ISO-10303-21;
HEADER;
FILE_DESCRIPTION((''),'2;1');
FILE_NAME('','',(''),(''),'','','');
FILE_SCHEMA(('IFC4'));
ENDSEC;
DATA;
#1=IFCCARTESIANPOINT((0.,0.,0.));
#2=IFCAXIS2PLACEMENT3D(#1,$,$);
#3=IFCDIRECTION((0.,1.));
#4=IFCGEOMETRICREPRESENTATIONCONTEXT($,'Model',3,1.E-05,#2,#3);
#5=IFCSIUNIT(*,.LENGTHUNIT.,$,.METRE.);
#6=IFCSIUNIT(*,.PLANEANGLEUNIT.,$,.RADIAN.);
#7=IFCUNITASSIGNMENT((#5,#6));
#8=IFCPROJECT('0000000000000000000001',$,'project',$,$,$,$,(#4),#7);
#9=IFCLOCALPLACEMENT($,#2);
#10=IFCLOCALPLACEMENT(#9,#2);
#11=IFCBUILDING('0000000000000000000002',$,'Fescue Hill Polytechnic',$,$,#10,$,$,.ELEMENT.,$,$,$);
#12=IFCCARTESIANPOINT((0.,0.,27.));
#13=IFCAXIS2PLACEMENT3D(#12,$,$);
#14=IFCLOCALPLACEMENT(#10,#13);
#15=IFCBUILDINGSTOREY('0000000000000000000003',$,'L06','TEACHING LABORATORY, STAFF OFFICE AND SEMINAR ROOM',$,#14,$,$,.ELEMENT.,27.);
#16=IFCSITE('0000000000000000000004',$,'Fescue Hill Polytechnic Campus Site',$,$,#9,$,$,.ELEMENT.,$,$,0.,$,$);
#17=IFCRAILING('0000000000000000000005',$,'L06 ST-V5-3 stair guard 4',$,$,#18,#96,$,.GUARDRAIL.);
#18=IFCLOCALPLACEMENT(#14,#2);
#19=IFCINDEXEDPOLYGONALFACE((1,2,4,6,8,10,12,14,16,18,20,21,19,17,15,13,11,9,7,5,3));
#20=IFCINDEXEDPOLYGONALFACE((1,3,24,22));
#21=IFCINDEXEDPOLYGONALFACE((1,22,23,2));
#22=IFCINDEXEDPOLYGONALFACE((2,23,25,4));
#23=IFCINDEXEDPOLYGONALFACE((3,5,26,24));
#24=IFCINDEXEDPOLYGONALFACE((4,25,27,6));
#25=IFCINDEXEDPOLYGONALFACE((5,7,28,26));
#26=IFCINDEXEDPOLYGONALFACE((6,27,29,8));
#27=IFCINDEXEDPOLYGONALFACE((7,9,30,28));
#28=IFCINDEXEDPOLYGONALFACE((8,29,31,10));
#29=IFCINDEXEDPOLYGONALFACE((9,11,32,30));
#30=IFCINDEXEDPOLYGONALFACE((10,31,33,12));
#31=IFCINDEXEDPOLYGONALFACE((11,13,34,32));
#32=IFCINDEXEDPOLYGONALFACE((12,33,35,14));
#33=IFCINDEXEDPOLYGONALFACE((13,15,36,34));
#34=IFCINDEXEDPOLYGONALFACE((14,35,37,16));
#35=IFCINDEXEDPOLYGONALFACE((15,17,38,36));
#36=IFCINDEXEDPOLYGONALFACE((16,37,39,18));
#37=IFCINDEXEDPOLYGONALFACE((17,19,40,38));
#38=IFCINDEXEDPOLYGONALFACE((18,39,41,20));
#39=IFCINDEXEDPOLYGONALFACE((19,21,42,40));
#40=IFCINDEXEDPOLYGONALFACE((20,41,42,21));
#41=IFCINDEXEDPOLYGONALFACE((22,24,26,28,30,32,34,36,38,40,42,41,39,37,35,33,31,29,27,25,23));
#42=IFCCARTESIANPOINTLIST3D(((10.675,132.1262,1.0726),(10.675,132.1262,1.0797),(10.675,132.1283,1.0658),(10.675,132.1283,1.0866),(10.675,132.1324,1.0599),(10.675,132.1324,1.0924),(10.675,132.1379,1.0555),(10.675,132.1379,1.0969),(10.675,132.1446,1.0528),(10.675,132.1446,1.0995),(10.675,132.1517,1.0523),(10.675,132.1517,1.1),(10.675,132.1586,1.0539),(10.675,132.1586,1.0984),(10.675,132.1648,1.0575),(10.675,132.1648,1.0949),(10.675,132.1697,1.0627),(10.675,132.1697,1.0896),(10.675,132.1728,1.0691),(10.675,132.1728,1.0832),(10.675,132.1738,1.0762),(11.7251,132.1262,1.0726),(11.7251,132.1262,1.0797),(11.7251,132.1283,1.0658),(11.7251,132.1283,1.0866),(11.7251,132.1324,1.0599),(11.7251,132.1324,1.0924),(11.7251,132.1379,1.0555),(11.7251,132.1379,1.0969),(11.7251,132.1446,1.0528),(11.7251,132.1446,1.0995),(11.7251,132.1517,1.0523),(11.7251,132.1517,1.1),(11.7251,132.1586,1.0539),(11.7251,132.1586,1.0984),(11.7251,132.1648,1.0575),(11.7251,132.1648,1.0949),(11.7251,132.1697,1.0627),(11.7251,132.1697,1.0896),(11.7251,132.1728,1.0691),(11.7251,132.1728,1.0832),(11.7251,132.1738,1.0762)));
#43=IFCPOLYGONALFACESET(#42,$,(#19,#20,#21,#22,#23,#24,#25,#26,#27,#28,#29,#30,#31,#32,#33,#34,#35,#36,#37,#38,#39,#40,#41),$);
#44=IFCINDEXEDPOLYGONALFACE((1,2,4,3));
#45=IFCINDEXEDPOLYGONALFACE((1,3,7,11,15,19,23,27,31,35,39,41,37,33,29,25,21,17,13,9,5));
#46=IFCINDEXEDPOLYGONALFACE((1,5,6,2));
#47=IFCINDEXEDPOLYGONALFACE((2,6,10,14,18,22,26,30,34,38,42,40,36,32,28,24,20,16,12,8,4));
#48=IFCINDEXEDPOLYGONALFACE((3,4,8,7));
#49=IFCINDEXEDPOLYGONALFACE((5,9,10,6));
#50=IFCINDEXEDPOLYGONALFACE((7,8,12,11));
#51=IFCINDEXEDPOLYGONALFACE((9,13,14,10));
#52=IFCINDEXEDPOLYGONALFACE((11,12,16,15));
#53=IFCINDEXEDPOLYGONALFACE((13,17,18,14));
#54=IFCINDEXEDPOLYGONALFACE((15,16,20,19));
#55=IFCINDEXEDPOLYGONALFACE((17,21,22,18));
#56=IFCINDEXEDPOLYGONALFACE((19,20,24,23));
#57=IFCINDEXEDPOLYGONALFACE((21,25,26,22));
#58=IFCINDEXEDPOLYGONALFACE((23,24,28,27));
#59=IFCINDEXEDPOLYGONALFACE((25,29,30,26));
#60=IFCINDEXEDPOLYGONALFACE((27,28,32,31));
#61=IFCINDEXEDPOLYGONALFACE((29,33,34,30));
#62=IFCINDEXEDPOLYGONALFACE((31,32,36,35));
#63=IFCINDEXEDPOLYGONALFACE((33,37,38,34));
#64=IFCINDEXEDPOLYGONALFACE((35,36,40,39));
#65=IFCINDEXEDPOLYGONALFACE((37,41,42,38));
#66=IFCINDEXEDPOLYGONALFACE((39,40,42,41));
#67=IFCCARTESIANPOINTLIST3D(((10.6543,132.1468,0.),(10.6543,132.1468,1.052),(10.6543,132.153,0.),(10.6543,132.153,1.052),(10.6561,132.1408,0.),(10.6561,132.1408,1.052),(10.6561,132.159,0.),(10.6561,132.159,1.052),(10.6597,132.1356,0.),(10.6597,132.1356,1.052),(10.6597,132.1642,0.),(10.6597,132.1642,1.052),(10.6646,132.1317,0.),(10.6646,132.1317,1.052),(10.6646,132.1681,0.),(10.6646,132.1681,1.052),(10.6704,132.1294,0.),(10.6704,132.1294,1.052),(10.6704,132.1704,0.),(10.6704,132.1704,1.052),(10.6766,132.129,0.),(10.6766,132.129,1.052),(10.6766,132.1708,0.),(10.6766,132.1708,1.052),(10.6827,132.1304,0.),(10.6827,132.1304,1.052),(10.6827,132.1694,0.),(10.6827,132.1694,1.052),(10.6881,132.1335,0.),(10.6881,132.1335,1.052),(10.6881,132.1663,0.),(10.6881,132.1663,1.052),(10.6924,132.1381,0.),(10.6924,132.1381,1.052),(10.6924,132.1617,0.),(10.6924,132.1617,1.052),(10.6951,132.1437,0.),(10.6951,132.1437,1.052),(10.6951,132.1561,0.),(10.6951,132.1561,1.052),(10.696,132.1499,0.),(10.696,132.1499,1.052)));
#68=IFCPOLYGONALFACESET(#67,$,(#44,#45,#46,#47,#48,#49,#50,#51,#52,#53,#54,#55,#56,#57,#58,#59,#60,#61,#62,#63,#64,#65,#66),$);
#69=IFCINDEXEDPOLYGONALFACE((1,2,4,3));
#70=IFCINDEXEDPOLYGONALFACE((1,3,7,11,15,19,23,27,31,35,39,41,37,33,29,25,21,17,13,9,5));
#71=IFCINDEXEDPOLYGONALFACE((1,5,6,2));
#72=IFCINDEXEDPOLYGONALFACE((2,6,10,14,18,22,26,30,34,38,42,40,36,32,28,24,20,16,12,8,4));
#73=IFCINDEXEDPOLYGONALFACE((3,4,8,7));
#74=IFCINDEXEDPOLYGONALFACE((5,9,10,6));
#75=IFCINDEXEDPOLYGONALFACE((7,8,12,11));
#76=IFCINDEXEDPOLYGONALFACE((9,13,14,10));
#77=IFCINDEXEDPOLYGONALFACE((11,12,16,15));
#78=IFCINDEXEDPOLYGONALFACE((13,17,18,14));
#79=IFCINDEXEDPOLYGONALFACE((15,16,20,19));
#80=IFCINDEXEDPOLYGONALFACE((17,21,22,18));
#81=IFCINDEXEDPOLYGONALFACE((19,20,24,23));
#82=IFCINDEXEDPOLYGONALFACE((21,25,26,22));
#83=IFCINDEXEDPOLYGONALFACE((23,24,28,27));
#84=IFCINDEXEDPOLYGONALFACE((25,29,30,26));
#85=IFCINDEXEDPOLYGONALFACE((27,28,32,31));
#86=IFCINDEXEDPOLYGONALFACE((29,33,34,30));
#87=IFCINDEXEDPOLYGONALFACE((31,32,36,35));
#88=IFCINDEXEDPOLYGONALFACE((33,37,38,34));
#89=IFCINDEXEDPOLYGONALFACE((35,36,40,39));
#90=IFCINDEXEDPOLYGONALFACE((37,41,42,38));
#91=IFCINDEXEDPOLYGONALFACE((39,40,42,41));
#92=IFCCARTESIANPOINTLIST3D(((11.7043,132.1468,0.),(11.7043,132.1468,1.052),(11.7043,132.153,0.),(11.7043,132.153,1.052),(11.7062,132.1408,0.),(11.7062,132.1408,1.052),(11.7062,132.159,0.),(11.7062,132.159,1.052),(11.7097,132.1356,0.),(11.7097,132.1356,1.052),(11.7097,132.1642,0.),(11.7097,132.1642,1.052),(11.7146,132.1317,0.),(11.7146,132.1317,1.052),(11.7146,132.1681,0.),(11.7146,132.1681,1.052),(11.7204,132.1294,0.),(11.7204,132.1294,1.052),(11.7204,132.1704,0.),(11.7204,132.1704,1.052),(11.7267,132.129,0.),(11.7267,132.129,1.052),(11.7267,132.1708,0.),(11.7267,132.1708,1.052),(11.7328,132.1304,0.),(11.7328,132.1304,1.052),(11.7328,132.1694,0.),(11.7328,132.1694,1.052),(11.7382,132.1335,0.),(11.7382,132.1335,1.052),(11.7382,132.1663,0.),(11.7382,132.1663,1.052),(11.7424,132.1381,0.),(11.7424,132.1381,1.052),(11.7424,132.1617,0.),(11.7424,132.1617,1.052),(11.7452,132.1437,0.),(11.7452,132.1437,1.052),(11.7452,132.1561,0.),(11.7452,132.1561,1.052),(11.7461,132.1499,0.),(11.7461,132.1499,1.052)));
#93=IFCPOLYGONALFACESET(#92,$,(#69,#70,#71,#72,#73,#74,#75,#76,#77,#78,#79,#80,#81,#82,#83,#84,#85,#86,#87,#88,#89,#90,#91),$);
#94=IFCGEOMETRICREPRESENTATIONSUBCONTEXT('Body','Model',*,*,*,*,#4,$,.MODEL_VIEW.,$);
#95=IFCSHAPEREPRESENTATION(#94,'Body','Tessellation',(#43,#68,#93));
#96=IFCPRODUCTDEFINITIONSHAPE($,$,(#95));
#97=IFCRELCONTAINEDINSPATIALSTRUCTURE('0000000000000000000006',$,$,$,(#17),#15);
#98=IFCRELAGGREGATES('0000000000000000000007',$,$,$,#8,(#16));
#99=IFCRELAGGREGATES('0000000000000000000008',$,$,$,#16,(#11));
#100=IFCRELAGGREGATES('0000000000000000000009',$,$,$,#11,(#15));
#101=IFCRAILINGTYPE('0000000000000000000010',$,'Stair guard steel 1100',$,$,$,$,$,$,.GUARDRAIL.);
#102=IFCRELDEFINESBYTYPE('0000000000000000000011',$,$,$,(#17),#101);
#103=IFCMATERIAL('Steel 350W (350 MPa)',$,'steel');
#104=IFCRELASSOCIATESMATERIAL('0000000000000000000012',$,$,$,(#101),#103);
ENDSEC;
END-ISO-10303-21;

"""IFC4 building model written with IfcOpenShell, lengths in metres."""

from ifc_helpers import new_model, si_unit, direction, frame, origin, origin_2d, place, context, subcontext, project, spatial, circle, extrude, material, type_object, element, save


model = new_model("IFC4")

# Units and contexts
model_context = context("Model", 3, precision=1e-05, world=origin(), true_north=direction((0.0, 1.0)))
body_context = subcontext(model_context, "Body", "Model", "MODEL_VIEW")
ifc_project = project(units=[si_unit("LENGTHUNIT", "METRE"), si_unit("PLANEANGLEUNIT", "RADIAN")], contexts=[model_context])

# Site, building, storey
site_placement = place(None, origin())
site = spatial("IfcSite", under=ifc_project, at=site_placement, Name="Fescue Hill Polytechnic Campus Site", CompositionType="ELEMENT", RefElevation=0.0)
building_placement = place(site_placement, origin())
building = spatial("IfcBuilding", under=site, at=building_placement, Name="Fescue Hill Polytechnic", CompositionType="ELEMENT")
storey_placement = place(building_placement, frame((0.0, 0.0, 27.0)))
storey = spatial("IfcBuildingStorey", under=building, at=storey_placement, Name="L06", Description="TEACHING LABORATORY, STAFF OFFICE AND SEMINAR ROOM", CompositionType="ELEMENT", Elevation=27.0)

# Railing
ifc_material_1 = material(Name="Steel 350W (350 MPa)", Category="steel")
railing_type_1 = type_object("IfcRailingType", Name="Stair guard steel 1100", PredefinedType="GUARDRAIL", material=ifc_material_1)
railing_1_placement = place(storey_placement, frame((10.675, 132.1499, 0.0)))
element("IfcRailing", 1, at=railing_1_placement, inside=storey, type_object=railing_type_1, Name="L06 ST-V5-3 stair guard 4", PredefinedType="GUARDRAIL", context=body_context, shape_type="SweptSolid", body=[
    extrude(circle(Radius=0.0239, at=origin_2d()), frame((0.0, 0.0, 1.0762), z_axis=(1.0, 0.0, 0.0), x_axis=(0.0, 1.0, 0.0)), (0.0, 0.0, 1.0), 1.05),
    extrude(circle(Radius=0.021, at=origin_2d()), origin(), (0.0, 0.0, 1.0), 1.052),
    extrude(circle(Radius=0.021, at=origin_2d()), frame((1.05, 0.0, 0.0)), (0.0, 0.0, 1.0), 1.052),
])

save(model, "model.ifc")
